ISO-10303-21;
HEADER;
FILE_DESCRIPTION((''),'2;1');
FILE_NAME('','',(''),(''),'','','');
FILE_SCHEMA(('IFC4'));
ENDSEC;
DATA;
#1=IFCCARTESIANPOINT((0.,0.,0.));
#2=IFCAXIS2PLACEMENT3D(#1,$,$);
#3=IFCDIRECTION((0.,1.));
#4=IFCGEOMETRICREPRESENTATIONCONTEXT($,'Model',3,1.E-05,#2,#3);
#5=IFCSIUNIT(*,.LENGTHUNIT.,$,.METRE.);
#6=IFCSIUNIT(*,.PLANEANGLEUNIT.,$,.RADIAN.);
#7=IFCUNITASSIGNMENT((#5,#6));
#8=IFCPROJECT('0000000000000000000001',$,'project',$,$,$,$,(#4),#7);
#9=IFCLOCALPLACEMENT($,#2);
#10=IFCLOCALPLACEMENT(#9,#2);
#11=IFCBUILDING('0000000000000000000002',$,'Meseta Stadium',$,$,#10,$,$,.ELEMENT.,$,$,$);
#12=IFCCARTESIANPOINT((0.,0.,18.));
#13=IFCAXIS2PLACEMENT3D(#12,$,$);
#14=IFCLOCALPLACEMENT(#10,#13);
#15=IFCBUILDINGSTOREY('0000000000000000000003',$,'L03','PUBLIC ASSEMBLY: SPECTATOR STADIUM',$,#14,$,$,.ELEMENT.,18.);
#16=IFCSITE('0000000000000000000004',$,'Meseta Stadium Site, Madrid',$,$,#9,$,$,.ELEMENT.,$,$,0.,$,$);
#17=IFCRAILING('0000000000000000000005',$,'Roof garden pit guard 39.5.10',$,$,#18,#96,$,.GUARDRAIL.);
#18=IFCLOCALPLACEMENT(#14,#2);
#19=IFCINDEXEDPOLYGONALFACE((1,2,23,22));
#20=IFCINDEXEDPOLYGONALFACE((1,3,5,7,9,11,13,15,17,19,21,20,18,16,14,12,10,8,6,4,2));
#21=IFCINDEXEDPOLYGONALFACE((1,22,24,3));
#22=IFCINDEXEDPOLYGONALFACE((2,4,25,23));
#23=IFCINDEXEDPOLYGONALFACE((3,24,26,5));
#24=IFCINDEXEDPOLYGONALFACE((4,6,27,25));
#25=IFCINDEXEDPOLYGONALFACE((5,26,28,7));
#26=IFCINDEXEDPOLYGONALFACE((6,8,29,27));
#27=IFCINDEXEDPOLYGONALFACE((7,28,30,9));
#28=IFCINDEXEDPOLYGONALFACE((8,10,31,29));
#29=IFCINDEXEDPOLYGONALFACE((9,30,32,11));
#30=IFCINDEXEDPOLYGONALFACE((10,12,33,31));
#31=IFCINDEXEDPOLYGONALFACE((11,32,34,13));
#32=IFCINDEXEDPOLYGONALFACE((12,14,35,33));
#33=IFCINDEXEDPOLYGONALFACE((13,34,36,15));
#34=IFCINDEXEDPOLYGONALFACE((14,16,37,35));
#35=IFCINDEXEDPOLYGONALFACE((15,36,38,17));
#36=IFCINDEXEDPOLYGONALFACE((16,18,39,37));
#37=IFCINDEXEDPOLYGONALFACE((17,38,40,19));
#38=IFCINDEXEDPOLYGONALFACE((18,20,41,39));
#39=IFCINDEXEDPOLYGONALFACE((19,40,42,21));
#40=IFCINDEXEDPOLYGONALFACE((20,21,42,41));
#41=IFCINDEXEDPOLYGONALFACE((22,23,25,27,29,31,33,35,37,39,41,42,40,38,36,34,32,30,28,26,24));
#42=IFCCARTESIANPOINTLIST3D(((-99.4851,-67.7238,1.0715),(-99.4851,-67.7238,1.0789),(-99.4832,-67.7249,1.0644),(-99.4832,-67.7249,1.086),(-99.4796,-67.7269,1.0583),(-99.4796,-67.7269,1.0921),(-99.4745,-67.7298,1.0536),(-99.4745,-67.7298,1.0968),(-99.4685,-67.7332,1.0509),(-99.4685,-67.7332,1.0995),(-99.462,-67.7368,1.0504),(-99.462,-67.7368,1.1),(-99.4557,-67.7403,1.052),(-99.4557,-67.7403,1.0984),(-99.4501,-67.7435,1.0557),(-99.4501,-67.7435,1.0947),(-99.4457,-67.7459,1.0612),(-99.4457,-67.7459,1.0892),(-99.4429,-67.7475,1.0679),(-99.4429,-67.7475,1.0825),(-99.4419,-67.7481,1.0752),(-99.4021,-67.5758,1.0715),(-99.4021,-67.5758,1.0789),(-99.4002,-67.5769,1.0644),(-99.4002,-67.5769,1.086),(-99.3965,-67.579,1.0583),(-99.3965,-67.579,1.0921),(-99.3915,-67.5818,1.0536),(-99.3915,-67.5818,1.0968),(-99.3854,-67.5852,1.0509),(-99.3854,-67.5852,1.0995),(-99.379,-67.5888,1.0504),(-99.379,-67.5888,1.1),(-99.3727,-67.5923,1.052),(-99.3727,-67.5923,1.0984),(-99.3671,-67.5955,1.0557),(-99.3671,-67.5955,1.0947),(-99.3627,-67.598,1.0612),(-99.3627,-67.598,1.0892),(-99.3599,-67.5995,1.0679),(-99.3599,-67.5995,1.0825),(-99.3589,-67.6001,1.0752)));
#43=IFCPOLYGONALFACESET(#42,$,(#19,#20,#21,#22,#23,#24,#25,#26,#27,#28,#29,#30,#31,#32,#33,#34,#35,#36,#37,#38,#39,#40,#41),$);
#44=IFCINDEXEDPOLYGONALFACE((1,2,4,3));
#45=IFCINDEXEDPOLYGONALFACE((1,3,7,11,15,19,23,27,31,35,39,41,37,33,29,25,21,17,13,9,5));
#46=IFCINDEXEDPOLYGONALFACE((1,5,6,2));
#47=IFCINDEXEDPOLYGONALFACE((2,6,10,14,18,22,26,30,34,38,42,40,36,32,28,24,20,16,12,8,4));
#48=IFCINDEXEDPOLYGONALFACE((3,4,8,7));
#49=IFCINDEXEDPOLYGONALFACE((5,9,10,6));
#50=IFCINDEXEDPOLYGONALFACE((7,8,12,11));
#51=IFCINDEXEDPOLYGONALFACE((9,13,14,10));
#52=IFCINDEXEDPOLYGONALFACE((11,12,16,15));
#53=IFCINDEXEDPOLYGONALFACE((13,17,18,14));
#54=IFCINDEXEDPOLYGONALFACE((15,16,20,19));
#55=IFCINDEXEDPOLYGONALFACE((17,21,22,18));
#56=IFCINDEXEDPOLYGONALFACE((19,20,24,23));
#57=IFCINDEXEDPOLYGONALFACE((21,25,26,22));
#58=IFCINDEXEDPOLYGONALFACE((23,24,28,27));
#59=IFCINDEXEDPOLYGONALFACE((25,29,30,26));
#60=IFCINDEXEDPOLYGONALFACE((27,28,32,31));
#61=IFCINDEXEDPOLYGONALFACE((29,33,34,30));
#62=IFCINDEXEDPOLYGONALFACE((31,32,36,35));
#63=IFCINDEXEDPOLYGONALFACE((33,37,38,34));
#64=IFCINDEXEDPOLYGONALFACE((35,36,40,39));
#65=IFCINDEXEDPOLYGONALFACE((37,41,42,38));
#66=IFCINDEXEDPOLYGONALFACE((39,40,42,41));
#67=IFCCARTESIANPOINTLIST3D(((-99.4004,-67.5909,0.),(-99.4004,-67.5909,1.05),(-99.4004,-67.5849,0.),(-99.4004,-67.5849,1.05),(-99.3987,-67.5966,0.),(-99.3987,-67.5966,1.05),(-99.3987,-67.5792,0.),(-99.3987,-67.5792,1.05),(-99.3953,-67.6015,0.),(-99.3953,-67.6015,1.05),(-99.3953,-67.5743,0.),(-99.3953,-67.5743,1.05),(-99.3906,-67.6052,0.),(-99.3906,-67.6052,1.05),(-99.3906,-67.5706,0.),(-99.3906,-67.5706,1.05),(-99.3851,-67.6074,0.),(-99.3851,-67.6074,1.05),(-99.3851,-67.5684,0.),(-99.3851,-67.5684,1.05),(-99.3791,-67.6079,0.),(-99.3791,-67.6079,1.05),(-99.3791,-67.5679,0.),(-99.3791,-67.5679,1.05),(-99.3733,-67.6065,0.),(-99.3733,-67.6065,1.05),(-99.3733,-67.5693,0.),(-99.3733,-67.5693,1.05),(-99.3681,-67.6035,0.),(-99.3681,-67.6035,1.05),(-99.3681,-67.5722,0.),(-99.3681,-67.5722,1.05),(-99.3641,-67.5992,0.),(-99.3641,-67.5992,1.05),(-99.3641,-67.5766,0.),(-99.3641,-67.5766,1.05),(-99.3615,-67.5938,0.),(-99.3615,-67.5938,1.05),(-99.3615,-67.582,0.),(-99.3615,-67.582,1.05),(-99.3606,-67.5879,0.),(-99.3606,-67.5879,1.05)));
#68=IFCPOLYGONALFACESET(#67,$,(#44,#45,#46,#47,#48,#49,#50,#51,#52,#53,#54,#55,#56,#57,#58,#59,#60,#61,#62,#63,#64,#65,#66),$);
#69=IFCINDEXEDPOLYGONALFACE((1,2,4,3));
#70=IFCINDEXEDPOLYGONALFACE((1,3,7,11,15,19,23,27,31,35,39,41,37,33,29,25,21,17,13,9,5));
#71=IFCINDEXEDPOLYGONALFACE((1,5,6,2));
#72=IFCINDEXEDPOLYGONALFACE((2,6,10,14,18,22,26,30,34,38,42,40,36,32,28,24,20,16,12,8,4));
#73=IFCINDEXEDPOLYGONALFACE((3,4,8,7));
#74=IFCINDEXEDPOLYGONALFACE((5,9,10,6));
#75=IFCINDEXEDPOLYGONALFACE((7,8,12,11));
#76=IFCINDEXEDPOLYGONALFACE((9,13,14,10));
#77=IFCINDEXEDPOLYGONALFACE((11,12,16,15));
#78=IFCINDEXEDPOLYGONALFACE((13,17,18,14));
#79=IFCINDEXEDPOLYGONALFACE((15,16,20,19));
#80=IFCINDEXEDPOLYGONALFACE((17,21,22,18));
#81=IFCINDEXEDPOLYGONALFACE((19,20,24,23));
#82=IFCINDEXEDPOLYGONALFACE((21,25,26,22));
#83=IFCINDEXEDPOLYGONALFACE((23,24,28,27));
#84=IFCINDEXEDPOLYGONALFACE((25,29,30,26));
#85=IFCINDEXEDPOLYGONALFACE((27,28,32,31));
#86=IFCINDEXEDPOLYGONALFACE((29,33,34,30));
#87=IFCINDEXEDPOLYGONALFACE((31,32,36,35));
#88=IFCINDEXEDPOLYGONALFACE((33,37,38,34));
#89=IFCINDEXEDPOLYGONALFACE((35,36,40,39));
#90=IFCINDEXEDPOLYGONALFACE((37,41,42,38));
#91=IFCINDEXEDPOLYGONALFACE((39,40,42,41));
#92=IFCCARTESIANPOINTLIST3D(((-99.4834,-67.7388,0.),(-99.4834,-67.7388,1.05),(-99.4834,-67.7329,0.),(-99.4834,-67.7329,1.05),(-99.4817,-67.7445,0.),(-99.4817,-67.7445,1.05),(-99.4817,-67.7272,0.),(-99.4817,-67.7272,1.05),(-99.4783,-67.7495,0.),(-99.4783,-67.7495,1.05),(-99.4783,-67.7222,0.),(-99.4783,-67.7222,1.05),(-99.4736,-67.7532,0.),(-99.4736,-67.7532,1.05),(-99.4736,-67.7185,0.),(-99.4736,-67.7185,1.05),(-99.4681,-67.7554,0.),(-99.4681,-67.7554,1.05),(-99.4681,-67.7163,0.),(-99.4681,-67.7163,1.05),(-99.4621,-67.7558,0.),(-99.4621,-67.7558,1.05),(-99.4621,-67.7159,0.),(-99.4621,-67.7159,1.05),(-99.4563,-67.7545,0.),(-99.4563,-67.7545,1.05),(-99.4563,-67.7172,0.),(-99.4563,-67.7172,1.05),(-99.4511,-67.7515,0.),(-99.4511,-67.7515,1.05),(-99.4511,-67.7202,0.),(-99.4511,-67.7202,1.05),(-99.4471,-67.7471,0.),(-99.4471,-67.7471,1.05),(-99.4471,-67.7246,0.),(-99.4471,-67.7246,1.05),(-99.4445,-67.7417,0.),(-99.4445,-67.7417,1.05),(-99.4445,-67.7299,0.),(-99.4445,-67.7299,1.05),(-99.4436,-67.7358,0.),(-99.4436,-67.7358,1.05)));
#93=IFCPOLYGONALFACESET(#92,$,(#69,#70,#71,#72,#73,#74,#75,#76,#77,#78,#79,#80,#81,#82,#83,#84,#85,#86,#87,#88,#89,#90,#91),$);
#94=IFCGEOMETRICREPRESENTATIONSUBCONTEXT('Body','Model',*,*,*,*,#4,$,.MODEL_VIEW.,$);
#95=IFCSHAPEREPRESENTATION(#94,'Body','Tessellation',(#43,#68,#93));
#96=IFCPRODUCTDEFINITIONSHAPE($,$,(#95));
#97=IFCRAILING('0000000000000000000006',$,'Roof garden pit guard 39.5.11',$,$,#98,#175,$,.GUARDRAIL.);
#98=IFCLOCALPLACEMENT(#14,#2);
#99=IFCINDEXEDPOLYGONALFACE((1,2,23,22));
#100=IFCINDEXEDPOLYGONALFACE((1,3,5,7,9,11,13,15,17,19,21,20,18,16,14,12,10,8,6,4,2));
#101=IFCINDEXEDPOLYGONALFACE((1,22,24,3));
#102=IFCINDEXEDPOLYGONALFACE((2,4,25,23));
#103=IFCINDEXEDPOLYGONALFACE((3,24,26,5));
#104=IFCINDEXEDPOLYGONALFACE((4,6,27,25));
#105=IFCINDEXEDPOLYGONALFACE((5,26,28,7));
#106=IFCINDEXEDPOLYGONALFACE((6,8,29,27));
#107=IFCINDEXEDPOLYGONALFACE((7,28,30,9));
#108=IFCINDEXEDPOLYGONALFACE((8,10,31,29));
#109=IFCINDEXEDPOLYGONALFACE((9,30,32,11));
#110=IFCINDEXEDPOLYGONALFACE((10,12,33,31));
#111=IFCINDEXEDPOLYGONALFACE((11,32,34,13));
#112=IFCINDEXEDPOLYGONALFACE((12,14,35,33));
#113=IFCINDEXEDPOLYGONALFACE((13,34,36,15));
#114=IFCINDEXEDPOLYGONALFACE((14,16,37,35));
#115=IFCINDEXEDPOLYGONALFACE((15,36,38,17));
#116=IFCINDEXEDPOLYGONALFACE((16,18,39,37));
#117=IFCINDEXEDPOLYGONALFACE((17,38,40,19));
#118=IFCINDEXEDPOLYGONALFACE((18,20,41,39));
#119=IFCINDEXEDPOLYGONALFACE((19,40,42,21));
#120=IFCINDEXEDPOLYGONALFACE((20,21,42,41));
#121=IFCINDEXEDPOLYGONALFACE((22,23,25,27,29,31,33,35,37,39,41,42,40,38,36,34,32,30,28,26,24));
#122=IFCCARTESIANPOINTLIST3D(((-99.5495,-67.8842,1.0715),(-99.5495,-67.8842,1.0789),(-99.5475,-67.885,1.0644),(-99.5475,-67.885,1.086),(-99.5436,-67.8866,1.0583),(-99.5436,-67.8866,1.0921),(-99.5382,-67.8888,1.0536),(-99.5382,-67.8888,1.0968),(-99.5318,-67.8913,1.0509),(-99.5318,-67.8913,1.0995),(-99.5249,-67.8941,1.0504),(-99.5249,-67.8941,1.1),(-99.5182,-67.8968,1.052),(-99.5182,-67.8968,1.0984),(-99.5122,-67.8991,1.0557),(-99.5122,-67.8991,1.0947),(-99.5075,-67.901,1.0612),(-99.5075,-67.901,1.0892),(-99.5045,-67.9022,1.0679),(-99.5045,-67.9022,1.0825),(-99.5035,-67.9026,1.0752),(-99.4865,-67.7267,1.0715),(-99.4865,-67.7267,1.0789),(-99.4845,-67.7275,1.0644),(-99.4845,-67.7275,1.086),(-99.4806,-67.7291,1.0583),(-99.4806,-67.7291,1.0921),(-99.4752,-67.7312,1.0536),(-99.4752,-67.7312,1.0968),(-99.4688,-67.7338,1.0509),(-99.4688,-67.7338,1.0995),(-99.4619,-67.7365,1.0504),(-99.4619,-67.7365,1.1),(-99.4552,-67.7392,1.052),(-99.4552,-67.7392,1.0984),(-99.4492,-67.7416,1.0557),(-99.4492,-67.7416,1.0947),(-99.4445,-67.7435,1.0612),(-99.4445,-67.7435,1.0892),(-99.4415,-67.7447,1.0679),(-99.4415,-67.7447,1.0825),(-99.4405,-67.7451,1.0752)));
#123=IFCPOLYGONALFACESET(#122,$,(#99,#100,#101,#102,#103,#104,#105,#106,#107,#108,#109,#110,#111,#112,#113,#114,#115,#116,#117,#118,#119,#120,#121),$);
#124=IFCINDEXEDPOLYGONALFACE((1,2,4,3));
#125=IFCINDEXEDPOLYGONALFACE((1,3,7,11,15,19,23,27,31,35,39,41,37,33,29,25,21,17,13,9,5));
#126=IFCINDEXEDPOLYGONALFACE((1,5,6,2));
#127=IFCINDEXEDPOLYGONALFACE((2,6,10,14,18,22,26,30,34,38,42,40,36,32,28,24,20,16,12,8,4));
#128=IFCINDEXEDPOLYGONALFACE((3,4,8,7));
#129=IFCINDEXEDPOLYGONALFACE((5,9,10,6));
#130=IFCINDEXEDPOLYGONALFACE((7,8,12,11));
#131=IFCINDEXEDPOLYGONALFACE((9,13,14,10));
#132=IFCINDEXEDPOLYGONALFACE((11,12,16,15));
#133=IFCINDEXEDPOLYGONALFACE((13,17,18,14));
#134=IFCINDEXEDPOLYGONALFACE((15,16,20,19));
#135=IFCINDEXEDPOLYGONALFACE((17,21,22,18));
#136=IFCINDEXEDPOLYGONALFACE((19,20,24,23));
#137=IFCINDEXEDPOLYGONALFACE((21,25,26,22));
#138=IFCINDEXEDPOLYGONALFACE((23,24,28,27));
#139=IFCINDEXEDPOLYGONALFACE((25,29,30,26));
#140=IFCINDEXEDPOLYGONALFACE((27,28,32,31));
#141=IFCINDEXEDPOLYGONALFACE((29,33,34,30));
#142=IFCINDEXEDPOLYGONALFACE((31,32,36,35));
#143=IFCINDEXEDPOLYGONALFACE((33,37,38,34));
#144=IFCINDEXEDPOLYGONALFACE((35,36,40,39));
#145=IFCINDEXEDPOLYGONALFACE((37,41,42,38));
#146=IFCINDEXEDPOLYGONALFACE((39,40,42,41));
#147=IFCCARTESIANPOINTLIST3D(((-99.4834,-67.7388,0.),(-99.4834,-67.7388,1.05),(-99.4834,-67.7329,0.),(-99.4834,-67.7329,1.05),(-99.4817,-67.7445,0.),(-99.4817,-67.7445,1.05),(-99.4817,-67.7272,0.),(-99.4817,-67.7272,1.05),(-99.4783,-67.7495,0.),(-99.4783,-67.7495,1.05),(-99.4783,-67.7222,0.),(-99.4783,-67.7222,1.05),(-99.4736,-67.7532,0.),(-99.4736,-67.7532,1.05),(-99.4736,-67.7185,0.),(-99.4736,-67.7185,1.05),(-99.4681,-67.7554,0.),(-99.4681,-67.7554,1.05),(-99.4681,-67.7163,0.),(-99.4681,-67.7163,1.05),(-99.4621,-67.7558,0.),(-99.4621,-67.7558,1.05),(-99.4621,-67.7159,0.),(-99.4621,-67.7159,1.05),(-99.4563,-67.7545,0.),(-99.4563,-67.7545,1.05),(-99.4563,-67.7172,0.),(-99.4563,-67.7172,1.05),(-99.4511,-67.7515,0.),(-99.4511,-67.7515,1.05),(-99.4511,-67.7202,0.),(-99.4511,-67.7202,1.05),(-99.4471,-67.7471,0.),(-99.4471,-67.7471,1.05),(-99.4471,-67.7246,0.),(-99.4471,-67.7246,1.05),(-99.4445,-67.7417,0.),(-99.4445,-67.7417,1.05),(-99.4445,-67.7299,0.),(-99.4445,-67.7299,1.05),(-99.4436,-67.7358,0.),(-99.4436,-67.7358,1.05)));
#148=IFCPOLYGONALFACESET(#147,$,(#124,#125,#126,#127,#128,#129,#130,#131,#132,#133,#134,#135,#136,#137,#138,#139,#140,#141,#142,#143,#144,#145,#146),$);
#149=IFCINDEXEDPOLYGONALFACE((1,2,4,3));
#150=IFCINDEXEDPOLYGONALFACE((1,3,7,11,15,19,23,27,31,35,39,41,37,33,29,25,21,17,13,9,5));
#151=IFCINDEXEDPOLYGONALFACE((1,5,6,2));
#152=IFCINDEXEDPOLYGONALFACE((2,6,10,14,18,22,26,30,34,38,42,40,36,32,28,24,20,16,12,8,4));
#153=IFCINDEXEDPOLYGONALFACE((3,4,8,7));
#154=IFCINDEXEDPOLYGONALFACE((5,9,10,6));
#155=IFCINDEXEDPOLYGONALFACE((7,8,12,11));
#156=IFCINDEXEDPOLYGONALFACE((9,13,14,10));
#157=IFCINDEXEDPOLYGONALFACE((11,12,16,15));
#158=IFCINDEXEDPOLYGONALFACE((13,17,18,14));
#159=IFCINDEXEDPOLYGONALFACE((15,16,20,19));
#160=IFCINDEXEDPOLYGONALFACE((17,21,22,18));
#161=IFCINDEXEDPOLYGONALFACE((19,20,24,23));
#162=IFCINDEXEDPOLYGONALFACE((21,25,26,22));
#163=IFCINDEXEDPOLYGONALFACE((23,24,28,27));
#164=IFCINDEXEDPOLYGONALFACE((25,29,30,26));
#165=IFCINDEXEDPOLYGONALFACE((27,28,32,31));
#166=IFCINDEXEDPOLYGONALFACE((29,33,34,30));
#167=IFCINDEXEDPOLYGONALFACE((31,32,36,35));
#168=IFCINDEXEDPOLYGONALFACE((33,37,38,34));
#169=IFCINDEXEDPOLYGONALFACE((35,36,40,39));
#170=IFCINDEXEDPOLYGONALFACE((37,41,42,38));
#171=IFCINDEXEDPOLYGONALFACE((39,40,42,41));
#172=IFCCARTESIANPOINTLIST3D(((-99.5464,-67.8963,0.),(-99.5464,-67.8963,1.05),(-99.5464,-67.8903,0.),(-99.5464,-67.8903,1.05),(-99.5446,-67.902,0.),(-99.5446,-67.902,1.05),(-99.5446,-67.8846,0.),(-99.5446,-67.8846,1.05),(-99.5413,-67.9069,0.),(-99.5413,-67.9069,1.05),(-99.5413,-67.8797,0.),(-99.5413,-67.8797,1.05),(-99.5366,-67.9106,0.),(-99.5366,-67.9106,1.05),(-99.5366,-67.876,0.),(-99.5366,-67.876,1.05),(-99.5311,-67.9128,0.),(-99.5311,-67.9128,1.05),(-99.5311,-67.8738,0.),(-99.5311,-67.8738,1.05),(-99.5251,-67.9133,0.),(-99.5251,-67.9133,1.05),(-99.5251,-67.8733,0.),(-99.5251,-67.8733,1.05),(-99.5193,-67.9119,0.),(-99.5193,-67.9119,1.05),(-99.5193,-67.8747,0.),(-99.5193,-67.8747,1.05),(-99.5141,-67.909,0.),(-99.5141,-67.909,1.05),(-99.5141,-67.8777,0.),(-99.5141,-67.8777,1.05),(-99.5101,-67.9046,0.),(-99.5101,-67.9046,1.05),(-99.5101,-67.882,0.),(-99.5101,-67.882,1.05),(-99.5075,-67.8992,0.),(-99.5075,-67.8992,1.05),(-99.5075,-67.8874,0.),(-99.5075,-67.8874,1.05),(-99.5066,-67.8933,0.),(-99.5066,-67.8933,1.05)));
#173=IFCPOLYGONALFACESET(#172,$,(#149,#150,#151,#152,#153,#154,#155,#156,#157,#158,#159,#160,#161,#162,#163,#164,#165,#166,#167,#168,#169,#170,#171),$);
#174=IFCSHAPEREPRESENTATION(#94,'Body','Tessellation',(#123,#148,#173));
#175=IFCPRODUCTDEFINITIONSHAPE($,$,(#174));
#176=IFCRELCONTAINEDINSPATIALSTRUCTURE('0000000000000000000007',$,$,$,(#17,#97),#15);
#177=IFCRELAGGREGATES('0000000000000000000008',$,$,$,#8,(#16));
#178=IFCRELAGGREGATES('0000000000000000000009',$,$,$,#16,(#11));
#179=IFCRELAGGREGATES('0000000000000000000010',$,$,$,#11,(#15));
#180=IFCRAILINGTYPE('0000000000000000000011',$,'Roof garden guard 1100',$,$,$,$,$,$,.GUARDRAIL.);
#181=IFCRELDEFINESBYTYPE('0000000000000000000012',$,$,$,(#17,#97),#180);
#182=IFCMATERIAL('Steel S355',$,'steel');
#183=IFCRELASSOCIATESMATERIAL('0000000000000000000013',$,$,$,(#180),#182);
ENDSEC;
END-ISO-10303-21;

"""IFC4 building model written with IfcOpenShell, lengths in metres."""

from ifc_helpers import new_model, si_unit, direction, frame, origin, origin_2d, place, context, subcontext, project, spatial, circle, extrude, material, type_object, element, save


model = new_model("IFC4")

# Units and contexts
model_context = context("Model", 3, precision=1e-05, world=origin(), true_north=direction((0.0, 1.0)))
body_context = subcontext(model_context, "Body", "Model", "MODEL_VIEW")
ifc_project = project(units=[si_unit("LENGTHUNIT", "METRE"), si_unit("PLANEANGLEUNIT", "RADIAN")], contexts=[model_context])

# Site, building, storey
site_placement = place(None, origin())
site = spatial("IfcSite", under=ifc_project, at=site_placement, Name="Meseta Stadium Site, Madrid", CompositionType="ELEMENT", RefElevation=0.0)
building_placement = place(site_placement, origin())
building = spatial("IfcBuilding", under=site, at=building_placement, Name="Meseta Stadium", CompositionType="ELEMENT")
storey_placement = place(building_placement, frame((0.0, 0.0, 18.0)))
storey = spatial("IfcBuildingStorey", under=building, at=storey_placement, Name="L03", Description="PUBLIC ASSEMBLY: SPECTATOR STADIUM", CompositionType="ELEMENT", Elevation=18.0)

# Railings
ifc_material_1 = material(Name="Steel S355", Category="steel")
railing_type = type_object("IfcRailingType", Name="Roof garden guard 1100", PredefinedType="GUARDRAIL", material=ifc_material_1)
railing_1_placement = place(storey_placement, frame((-99.3806, -67.5879, 0.0)))
element("IfcRailing", 1, at=railing_1_placement, inside=storey, type_object=railing_type, Name="Roof garden pit guard 39.5.10", PredefinedType="GUARDRAIL", context=body_context, shape_type="SweptSolid", body=[
    extrude(circle(Radius=0.0249, at=origin_2d()), frame((0.0, 0.0, 1.0752), z_axis=(-0.489304, -0.872113, 0.0), x_axis=(0.872113, -0.489304, 0.0)), (0.0, 0.0, 1.0), 0.1697),
    extrude(circle(Radius=0.02, at=origin_2d()), origin(), (0.0, 0.0, 1.0), 1.05),
    extrude(circle(Radius=0.02, at=origin_2d()), frame((-0.083, -0.1479, 0.0)), (0.0, 0.0, 1.0), 1.05),
])
railing_2_placement = place(storey_placement, frame((-99.4636, -67.7358, 0.0)))
element("IfcRailing", 2, at=railing_2_placement, inside=storey, type_object=railing_type, Name="Roof garden pit guard 39.5.11", PredefinedType="GUARDRAIL", context=body_context, shape_type="SweptSolid", body=[
    extrude(circle(Radius=0.0249, at=origin_2d()), frame((0.0, 0.0, 1.0752), z_axis=(-0.371391, -0.928477, 0.0), x_axis=(0.928477, -0.371391, 0.0)), (0.0, 0.0, 1.0), 0.1697),
    extrude(circle(Radius=0.02, at=origin_2d()), origin(), (0.0, 0.0, 1.0), 1.05),
    extrude(circle(Radius=0.02, at=origin_2d()), frame((-0.063, -0.1575, 0.0)), (0.0, 0.0, 1.0), 1.05),
])

save(model, "model.ifc")
